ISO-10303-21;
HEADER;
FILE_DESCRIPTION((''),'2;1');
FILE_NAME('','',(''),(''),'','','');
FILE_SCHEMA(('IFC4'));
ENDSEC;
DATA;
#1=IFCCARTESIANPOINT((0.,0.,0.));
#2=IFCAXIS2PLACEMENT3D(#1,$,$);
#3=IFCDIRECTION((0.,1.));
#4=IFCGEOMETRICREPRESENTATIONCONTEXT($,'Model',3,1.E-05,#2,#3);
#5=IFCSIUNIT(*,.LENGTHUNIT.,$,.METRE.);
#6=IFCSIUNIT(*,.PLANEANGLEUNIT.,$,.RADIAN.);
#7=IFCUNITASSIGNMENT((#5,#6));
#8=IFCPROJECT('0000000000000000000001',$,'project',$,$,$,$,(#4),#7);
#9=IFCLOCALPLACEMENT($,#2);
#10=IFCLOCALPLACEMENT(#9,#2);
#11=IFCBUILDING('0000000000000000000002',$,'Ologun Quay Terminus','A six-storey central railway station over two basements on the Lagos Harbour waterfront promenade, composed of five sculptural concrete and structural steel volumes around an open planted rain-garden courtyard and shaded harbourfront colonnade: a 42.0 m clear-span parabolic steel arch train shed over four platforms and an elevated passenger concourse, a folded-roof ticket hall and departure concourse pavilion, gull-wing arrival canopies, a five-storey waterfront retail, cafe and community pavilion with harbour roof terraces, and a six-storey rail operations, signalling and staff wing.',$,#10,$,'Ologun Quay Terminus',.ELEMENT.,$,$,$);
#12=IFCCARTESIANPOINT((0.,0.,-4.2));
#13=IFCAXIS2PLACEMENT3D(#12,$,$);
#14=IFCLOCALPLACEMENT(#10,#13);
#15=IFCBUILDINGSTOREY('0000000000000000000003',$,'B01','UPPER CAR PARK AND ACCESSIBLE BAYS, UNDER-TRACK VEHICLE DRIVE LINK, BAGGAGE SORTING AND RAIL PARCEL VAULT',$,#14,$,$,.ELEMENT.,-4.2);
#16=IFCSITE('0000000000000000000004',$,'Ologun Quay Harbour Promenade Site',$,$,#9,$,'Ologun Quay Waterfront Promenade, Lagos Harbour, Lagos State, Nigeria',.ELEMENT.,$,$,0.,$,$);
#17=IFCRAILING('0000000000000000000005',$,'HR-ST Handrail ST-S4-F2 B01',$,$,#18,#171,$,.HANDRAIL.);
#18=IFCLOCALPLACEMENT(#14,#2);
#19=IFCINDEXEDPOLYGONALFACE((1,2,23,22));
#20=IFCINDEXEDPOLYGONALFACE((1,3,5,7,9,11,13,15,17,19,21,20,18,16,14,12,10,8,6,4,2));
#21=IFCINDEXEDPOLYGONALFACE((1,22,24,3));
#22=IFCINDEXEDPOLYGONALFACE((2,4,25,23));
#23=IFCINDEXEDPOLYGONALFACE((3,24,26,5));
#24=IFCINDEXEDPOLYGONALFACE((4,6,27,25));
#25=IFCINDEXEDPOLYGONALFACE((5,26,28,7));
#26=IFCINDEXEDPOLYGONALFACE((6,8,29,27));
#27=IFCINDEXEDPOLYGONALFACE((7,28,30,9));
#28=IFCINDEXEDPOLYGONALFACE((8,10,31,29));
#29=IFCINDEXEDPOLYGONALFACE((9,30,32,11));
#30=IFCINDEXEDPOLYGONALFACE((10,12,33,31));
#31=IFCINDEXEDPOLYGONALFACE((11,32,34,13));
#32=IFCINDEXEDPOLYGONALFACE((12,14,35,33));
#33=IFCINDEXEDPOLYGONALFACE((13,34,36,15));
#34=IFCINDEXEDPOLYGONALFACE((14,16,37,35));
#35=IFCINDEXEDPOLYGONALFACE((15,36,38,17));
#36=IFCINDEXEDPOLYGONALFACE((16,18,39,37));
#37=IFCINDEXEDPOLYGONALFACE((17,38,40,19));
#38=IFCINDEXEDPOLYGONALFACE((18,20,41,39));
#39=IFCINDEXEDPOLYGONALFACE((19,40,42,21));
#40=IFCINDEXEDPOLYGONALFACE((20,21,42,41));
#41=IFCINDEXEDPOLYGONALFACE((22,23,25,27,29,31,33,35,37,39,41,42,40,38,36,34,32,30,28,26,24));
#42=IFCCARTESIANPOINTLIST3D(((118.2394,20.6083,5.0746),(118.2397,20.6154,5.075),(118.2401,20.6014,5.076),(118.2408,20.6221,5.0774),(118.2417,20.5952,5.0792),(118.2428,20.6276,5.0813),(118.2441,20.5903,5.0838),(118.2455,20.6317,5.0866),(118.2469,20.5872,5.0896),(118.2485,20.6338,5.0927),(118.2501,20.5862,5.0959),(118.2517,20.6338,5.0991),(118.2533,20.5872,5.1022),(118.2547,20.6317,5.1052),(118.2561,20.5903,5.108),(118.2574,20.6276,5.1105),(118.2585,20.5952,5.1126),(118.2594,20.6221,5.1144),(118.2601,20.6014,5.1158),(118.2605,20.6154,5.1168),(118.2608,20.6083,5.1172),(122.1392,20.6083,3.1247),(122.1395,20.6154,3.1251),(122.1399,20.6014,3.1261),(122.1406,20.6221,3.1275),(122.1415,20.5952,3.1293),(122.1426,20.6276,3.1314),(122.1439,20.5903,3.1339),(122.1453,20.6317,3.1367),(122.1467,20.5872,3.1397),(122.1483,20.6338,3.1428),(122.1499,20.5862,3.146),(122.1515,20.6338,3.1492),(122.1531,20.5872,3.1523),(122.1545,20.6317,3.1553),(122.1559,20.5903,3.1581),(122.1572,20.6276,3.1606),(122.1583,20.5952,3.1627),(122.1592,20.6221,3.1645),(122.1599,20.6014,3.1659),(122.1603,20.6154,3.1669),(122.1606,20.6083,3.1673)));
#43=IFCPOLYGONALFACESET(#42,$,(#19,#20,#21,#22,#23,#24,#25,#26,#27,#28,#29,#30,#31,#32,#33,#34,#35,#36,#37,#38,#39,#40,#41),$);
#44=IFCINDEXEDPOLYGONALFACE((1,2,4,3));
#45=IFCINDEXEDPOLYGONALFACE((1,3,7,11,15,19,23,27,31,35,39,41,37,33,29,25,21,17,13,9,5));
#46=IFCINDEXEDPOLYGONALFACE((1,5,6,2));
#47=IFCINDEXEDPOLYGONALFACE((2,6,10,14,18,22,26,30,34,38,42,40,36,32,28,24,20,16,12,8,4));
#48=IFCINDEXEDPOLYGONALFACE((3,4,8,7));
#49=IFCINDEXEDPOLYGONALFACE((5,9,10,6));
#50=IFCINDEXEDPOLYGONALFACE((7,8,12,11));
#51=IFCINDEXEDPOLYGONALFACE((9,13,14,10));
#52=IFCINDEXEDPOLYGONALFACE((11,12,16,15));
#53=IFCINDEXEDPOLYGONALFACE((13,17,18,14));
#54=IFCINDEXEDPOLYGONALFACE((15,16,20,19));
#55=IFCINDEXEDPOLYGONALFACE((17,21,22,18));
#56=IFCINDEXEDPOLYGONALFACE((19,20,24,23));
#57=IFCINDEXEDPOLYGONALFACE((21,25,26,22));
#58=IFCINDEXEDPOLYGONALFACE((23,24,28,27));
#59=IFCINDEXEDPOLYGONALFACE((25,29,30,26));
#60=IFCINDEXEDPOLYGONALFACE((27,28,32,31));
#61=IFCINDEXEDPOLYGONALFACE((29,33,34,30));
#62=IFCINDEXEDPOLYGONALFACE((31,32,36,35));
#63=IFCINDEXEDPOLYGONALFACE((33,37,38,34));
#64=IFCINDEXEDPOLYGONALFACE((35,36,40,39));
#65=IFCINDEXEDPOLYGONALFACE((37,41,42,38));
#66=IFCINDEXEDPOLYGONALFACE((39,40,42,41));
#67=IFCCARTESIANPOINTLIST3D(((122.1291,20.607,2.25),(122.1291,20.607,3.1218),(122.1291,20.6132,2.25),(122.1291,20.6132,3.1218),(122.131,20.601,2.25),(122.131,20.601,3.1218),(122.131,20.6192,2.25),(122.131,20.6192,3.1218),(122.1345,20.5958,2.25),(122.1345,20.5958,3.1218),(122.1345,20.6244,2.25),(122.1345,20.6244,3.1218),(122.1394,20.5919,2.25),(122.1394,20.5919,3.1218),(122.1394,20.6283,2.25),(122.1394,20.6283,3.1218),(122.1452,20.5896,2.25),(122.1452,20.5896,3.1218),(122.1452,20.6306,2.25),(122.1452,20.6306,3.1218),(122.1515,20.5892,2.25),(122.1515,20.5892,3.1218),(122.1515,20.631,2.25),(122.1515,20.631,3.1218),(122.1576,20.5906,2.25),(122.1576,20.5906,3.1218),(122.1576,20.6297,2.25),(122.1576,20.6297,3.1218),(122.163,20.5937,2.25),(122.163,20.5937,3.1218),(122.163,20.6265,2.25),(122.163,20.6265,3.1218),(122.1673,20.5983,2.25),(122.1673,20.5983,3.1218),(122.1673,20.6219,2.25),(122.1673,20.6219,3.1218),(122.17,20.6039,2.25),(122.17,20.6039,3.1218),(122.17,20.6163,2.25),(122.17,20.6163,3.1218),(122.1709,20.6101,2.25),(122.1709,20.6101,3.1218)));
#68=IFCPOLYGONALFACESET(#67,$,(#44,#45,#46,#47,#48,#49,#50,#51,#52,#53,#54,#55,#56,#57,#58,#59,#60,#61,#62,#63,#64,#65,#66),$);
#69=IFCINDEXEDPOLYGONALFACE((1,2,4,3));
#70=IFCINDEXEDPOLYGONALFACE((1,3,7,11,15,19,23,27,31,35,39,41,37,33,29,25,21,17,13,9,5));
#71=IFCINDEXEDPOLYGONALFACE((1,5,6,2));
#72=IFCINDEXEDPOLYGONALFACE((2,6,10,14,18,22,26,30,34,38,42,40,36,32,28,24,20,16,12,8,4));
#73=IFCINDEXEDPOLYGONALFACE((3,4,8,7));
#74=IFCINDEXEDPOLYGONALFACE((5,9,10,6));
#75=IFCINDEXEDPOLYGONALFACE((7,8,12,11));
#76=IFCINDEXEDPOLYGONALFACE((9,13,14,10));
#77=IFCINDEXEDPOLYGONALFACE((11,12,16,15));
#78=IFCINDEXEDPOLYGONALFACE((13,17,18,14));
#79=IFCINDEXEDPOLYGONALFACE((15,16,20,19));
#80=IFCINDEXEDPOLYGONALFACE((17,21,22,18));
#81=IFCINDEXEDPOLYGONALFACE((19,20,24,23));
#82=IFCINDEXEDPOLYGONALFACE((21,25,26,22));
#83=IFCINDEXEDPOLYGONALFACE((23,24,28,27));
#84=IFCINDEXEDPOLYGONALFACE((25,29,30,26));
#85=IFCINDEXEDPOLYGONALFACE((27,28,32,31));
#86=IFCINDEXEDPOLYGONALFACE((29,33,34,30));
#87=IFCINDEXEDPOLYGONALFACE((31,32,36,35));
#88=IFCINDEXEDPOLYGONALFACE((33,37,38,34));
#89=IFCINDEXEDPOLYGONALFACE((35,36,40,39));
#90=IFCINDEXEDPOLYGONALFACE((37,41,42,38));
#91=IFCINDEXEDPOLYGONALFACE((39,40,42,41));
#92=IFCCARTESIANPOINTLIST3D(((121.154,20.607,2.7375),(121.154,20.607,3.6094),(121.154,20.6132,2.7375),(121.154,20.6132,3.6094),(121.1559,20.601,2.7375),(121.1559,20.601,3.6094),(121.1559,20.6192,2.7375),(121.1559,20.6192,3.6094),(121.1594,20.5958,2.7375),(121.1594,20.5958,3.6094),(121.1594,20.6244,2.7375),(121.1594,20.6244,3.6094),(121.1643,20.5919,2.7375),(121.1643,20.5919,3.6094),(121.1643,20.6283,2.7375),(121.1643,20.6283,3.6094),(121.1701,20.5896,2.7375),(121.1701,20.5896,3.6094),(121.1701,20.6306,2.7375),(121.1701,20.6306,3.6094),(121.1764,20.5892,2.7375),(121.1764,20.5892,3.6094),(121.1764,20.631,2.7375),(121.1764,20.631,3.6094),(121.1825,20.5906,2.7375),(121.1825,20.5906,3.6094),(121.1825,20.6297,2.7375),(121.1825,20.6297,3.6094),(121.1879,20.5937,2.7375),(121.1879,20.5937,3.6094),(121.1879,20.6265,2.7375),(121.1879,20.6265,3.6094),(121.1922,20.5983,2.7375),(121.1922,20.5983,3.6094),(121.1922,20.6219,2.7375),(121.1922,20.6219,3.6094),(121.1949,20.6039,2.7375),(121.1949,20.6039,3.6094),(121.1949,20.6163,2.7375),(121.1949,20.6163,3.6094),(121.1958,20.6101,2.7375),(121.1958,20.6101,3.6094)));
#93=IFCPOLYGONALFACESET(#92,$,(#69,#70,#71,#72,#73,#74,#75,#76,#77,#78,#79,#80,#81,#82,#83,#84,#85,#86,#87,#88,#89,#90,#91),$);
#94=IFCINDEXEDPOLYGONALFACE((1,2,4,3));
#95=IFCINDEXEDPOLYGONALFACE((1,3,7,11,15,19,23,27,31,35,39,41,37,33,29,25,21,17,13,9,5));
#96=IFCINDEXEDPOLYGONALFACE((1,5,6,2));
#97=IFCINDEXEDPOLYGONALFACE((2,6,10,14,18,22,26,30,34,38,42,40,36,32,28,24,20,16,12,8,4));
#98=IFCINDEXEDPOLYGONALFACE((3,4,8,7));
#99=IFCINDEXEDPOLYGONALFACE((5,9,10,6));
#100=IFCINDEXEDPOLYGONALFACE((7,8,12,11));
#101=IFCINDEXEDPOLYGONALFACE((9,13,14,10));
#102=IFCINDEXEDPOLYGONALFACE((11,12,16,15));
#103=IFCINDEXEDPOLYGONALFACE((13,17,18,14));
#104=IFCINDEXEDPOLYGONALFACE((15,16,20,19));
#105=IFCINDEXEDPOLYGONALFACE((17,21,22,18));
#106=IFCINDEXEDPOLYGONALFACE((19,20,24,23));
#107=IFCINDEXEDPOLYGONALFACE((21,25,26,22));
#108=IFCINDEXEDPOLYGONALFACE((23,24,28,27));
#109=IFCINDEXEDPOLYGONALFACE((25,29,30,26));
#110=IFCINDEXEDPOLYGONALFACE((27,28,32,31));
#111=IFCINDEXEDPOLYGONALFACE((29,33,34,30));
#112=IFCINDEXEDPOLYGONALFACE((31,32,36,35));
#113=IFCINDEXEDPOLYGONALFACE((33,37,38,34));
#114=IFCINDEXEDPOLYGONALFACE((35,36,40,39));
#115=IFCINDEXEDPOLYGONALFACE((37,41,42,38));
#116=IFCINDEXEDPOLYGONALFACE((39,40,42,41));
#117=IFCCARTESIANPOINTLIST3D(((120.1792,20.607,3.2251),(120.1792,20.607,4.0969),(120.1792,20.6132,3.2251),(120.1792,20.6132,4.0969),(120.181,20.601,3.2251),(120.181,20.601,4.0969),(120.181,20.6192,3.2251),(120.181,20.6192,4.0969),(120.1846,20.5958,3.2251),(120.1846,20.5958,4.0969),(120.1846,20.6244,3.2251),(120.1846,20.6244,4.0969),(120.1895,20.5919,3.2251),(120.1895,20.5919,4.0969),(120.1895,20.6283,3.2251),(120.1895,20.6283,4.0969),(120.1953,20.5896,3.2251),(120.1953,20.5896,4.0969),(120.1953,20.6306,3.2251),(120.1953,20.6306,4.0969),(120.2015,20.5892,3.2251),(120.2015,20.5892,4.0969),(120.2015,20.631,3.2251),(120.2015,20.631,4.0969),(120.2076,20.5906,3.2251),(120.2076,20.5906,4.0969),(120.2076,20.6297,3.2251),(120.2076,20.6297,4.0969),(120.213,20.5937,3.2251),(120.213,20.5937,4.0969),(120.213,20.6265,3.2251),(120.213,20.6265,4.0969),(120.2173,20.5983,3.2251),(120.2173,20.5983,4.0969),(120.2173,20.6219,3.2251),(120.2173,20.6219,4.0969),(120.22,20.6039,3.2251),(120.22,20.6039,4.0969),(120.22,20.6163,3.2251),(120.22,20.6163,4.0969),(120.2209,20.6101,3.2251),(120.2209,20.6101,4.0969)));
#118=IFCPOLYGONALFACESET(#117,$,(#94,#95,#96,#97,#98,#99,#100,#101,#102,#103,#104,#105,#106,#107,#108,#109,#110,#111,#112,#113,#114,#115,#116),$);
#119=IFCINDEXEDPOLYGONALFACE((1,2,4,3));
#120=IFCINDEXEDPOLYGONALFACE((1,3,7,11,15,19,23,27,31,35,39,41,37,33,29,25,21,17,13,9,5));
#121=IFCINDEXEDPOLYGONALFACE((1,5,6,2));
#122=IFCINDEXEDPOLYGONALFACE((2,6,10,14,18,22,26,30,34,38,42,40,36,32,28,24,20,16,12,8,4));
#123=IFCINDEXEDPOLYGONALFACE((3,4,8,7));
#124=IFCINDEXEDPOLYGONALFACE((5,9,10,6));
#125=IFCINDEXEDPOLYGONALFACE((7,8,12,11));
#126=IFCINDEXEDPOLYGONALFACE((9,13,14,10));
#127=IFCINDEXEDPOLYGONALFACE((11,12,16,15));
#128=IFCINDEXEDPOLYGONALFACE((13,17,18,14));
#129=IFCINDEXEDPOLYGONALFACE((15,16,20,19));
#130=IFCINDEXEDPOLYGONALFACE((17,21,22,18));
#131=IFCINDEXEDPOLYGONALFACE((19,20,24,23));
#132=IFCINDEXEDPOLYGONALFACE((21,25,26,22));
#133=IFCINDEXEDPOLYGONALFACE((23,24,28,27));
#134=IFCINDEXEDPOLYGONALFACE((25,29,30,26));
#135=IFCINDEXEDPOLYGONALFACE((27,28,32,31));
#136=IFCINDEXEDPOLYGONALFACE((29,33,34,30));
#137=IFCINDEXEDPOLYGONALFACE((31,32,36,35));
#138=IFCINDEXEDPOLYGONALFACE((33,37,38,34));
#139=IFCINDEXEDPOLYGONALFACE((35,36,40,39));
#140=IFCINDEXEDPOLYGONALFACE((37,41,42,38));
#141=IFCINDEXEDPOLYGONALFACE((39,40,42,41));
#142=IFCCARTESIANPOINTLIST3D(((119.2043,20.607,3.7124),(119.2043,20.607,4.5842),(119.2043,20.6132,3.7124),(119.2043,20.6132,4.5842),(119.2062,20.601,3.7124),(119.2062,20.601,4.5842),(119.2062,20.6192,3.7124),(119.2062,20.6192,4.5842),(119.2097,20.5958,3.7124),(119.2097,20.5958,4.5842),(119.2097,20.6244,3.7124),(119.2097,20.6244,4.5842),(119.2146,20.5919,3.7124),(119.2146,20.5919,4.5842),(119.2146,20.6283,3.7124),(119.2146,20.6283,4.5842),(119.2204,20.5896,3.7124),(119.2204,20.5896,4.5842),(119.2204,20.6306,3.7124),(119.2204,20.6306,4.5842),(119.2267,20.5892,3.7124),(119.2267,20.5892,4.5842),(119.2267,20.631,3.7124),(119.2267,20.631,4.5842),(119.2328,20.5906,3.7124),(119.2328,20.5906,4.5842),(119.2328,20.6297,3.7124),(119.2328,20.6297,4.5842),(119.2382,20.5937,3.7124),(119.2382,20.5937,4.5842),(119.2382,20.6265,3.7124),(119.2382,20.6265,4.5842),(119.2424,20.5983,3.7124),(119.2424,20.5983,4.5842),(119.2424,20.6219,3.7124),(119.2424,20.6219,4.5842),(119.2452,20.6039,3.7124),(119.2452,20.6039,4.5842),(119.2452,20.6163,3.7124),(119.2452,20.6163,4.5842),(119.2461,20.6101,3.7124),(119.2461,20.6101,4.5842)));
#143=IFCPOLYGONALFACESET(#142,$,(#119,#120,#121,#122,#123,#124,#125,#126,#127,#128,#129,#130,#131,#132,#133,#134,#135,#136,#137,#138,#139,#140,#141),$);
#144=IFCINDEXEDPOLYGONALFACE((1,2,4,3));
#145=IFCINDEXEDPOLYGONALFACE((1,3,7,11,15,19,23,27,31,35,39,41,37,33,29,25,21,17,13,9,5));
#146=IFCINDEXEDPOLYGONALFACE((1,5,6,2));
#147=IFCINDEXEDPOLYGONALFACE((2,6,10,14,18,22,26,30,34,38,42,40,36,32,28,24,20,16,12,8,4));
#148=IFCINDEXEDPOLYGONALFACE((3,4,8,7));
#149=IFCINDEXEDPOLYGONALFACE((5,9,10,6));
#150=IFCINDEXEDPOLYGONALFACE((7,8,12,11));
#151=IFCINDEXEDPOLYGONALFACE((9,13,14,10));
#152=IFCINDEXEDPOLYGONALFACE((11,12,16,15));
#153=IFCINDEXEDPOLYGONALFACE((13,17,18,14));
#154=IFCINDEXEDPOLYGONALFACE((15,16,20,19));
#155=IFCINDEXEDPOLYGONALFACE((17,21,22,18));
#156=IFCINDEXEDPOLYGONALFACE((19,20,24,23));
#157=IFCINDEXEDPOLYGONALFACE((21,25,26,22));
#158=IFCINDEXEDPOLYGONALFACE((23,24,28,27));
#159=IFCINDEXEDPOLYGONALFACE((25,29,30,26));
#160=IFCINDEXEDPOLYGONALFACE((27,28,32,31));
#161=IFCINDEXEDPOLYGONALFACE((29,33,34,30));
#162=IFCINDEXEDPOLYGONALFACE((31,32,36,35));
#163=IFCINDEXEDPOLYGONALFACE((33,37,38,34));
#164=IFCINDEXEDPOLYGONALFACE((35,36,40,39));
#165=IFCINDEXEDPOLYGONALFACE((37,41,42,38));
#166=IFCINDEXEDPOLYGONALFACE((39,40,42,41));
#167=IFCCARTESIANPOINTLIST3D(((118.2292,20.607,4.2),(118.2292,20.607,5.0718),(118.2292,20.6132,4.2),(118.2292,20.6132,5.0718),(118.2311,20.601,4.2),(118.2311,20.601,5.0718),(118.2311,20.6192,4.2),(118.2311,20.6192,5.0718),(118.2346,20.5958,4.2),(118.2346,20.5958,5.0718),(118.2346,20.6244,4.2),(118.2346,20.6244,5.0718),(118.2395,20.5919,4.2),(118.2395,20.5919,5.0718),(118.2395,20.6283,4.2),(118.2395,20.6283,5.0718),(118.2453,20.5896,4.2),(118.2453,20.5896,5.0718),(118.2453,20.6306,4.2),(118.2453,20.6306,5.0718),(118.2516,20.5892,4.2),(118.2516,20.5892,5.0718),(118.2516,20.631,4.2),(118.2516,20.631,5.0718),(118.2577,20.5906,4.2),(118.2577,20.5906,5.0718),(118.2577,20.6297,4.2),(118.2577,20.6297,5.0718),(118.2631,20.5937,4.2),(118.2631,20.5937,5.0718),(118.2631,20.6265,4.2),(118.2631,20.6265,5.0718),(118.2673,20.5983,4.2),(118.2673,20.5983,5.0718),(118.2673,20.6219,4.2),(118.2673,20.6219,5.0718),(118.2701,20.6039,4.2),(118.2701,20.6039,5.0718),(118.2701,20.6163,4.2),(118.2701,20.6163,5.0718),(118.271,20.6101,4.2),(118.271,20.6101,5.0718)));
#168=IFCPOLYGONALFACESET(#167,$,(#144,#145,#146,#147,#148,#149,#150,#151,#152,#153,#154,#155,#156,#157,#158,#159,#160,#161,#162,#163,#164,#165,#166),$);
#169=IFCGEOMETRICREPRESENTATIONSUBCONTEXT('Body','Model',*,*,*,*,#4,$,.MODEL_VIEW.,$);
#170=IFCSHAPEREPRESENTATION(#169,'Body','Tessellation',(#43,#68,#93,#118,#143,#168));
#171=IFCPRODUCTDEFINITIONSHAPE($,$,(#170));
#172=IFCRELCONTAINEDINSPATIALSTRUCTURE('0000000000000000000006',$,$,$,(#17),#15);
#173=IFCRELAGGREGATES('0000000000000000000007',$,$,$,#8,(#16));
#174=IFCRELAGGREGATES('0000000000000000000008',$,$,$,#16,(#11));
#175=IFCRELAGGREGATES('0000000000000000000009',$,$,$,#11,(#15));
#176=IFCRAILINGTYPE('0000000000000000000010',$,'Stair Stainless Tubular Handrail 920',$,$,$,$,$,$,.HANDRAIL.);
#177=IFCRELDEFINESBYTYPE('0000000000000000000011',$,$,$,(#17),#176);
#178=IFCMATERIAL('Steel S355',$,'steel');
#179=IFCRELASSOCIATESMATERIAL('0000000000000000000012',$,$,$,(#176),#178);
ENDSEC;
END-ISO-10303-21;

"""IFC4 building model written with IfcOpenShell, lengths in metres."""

from ifc_helpers import new_model, si_unit, direction, frame, origin, origin_2d, place, context, subcontext, project, spatial, circle, extrude, material, type_object, element, save


model = new_model("IFC4")

# Units and contexts
model_context = context("Model", 3, precision=1e-05, world=origin(), true_north=direction((0.0, 1.0)))
body_context = subcontext(model_context, "Body", "Model", "MODEL_VIEW")
ifc_project = project(units=[si_unit("LENGTHUNIT", "METRE"), si_unit("PLANEANGLEUNIT", "RADIAN")], contexts=[model_context])

# Site, building, storey
site_placement = place(None, origin())
site = spatial("IfcSite", under=ifc_project, at=site_placement, Name="Ologun Quay Harbour Promenade Site", LongName="Ologun Quay Waterfront Promenade, Lagos Harbour, Lagos State, Nigeria", CompositionType="ELEMENT", RefElevation=0.0)
building_placement = place(site_placement, origin())
building = spatial("IfcBuilding", under=site, at=building_placement, Name="Ologun Quay Terminus", Description="A six-storey central railway station over two basements on the Lagos Harbour waterfront promenade, composed of five sculptural concrete and structural steel volumes around an open planted rain-garden courtyard and shaded harbourfront colonnade: a 42.0 m clear-span parabolic steel arch train shed over four platforms and an elevated passenger concourse, a folded-roof ticket hall and departure concourse pavilion, gull-wing arrival canopies, a five-storey waterfront retail, cafe and community pavilion with harbour roof terraces, and a six-storey rail operations, signalling and staff wing.", LongName="Ologun Quay Terminus", CompositionType="ELEMENT")
storey_placement = place(building_placement, frame((0.0, 0.0, -4.2)))
storey = spatial("IfcBuildingStorey", under=building, at=storey_placement, Name="B01", Description="UPPER CAR PARK AND ACCESSIBLE BAYS, UNDER-TRACK VEHICLE DRIVE LINK, BAGGAGE SORTING AND RAIL PARCEL VAULT", CompositionType="ELEMENT", Elevation=-4.2)

# Railing
ifc_material_1 = material(Name="Steel S355", Category="steel")
railing_type_1 = type_object("IfcRailingType", Name="Stair Stainless Tubular Handrail 920", PredefinedType="HANDRAIL", material=ifc_material_1)
railing_1_placement = place(storey_placement, frame((122.1499, 20.6101, 2.25)))
element("IfcRailing", 1, at=railing_1_placement, inside=storey, type_object=railing_type_1, Name="HR-ST Handrail ST-S4-F2 B01", PredefinedType="HANDRAIL", context=body_context, shape_type="SweptSolid", body=[
    extrude(circle(Radius=0.0239, at=origin_2d()), frame((0.0, 0.0, 0.896), z_axis=(-0.894427, 0.0, 0.447214), x_axis=(0.0, -1.0, 0.0)), (0.0, 0.0, 1.0), 4.3601),
    extrude(circle(Radius=0.021, at=origin_2d()), origin(), (0.0, 0.0, 1.0), 0.8718),
    extrude(circle(Radius=0.021, at=origin_2d()), frame((-0.9751, 0.0, 0.4875)), (0.0, 0.0, 1.0), 0.8718),
    extrude(circle(Radius=0.021, at=origin_2d()), frame((-1.95, 0.0, 0.9751)), (0.0, 0.0, 1.0), 0.8718),
    extrude(circle(Radius=0.021, at=origin_2d()), frame((-2.9248, 0.0, 1.4624)), (0.0, 0.0, 1.0), 0.8718),
    extrude(circle(Radius=0.021, at=origin_2d()), frame((-3.8999, 0.0, 1.95)), (0.0, 0.0, 1.0), 0.8718),
])

save(model, "model.ifc")
